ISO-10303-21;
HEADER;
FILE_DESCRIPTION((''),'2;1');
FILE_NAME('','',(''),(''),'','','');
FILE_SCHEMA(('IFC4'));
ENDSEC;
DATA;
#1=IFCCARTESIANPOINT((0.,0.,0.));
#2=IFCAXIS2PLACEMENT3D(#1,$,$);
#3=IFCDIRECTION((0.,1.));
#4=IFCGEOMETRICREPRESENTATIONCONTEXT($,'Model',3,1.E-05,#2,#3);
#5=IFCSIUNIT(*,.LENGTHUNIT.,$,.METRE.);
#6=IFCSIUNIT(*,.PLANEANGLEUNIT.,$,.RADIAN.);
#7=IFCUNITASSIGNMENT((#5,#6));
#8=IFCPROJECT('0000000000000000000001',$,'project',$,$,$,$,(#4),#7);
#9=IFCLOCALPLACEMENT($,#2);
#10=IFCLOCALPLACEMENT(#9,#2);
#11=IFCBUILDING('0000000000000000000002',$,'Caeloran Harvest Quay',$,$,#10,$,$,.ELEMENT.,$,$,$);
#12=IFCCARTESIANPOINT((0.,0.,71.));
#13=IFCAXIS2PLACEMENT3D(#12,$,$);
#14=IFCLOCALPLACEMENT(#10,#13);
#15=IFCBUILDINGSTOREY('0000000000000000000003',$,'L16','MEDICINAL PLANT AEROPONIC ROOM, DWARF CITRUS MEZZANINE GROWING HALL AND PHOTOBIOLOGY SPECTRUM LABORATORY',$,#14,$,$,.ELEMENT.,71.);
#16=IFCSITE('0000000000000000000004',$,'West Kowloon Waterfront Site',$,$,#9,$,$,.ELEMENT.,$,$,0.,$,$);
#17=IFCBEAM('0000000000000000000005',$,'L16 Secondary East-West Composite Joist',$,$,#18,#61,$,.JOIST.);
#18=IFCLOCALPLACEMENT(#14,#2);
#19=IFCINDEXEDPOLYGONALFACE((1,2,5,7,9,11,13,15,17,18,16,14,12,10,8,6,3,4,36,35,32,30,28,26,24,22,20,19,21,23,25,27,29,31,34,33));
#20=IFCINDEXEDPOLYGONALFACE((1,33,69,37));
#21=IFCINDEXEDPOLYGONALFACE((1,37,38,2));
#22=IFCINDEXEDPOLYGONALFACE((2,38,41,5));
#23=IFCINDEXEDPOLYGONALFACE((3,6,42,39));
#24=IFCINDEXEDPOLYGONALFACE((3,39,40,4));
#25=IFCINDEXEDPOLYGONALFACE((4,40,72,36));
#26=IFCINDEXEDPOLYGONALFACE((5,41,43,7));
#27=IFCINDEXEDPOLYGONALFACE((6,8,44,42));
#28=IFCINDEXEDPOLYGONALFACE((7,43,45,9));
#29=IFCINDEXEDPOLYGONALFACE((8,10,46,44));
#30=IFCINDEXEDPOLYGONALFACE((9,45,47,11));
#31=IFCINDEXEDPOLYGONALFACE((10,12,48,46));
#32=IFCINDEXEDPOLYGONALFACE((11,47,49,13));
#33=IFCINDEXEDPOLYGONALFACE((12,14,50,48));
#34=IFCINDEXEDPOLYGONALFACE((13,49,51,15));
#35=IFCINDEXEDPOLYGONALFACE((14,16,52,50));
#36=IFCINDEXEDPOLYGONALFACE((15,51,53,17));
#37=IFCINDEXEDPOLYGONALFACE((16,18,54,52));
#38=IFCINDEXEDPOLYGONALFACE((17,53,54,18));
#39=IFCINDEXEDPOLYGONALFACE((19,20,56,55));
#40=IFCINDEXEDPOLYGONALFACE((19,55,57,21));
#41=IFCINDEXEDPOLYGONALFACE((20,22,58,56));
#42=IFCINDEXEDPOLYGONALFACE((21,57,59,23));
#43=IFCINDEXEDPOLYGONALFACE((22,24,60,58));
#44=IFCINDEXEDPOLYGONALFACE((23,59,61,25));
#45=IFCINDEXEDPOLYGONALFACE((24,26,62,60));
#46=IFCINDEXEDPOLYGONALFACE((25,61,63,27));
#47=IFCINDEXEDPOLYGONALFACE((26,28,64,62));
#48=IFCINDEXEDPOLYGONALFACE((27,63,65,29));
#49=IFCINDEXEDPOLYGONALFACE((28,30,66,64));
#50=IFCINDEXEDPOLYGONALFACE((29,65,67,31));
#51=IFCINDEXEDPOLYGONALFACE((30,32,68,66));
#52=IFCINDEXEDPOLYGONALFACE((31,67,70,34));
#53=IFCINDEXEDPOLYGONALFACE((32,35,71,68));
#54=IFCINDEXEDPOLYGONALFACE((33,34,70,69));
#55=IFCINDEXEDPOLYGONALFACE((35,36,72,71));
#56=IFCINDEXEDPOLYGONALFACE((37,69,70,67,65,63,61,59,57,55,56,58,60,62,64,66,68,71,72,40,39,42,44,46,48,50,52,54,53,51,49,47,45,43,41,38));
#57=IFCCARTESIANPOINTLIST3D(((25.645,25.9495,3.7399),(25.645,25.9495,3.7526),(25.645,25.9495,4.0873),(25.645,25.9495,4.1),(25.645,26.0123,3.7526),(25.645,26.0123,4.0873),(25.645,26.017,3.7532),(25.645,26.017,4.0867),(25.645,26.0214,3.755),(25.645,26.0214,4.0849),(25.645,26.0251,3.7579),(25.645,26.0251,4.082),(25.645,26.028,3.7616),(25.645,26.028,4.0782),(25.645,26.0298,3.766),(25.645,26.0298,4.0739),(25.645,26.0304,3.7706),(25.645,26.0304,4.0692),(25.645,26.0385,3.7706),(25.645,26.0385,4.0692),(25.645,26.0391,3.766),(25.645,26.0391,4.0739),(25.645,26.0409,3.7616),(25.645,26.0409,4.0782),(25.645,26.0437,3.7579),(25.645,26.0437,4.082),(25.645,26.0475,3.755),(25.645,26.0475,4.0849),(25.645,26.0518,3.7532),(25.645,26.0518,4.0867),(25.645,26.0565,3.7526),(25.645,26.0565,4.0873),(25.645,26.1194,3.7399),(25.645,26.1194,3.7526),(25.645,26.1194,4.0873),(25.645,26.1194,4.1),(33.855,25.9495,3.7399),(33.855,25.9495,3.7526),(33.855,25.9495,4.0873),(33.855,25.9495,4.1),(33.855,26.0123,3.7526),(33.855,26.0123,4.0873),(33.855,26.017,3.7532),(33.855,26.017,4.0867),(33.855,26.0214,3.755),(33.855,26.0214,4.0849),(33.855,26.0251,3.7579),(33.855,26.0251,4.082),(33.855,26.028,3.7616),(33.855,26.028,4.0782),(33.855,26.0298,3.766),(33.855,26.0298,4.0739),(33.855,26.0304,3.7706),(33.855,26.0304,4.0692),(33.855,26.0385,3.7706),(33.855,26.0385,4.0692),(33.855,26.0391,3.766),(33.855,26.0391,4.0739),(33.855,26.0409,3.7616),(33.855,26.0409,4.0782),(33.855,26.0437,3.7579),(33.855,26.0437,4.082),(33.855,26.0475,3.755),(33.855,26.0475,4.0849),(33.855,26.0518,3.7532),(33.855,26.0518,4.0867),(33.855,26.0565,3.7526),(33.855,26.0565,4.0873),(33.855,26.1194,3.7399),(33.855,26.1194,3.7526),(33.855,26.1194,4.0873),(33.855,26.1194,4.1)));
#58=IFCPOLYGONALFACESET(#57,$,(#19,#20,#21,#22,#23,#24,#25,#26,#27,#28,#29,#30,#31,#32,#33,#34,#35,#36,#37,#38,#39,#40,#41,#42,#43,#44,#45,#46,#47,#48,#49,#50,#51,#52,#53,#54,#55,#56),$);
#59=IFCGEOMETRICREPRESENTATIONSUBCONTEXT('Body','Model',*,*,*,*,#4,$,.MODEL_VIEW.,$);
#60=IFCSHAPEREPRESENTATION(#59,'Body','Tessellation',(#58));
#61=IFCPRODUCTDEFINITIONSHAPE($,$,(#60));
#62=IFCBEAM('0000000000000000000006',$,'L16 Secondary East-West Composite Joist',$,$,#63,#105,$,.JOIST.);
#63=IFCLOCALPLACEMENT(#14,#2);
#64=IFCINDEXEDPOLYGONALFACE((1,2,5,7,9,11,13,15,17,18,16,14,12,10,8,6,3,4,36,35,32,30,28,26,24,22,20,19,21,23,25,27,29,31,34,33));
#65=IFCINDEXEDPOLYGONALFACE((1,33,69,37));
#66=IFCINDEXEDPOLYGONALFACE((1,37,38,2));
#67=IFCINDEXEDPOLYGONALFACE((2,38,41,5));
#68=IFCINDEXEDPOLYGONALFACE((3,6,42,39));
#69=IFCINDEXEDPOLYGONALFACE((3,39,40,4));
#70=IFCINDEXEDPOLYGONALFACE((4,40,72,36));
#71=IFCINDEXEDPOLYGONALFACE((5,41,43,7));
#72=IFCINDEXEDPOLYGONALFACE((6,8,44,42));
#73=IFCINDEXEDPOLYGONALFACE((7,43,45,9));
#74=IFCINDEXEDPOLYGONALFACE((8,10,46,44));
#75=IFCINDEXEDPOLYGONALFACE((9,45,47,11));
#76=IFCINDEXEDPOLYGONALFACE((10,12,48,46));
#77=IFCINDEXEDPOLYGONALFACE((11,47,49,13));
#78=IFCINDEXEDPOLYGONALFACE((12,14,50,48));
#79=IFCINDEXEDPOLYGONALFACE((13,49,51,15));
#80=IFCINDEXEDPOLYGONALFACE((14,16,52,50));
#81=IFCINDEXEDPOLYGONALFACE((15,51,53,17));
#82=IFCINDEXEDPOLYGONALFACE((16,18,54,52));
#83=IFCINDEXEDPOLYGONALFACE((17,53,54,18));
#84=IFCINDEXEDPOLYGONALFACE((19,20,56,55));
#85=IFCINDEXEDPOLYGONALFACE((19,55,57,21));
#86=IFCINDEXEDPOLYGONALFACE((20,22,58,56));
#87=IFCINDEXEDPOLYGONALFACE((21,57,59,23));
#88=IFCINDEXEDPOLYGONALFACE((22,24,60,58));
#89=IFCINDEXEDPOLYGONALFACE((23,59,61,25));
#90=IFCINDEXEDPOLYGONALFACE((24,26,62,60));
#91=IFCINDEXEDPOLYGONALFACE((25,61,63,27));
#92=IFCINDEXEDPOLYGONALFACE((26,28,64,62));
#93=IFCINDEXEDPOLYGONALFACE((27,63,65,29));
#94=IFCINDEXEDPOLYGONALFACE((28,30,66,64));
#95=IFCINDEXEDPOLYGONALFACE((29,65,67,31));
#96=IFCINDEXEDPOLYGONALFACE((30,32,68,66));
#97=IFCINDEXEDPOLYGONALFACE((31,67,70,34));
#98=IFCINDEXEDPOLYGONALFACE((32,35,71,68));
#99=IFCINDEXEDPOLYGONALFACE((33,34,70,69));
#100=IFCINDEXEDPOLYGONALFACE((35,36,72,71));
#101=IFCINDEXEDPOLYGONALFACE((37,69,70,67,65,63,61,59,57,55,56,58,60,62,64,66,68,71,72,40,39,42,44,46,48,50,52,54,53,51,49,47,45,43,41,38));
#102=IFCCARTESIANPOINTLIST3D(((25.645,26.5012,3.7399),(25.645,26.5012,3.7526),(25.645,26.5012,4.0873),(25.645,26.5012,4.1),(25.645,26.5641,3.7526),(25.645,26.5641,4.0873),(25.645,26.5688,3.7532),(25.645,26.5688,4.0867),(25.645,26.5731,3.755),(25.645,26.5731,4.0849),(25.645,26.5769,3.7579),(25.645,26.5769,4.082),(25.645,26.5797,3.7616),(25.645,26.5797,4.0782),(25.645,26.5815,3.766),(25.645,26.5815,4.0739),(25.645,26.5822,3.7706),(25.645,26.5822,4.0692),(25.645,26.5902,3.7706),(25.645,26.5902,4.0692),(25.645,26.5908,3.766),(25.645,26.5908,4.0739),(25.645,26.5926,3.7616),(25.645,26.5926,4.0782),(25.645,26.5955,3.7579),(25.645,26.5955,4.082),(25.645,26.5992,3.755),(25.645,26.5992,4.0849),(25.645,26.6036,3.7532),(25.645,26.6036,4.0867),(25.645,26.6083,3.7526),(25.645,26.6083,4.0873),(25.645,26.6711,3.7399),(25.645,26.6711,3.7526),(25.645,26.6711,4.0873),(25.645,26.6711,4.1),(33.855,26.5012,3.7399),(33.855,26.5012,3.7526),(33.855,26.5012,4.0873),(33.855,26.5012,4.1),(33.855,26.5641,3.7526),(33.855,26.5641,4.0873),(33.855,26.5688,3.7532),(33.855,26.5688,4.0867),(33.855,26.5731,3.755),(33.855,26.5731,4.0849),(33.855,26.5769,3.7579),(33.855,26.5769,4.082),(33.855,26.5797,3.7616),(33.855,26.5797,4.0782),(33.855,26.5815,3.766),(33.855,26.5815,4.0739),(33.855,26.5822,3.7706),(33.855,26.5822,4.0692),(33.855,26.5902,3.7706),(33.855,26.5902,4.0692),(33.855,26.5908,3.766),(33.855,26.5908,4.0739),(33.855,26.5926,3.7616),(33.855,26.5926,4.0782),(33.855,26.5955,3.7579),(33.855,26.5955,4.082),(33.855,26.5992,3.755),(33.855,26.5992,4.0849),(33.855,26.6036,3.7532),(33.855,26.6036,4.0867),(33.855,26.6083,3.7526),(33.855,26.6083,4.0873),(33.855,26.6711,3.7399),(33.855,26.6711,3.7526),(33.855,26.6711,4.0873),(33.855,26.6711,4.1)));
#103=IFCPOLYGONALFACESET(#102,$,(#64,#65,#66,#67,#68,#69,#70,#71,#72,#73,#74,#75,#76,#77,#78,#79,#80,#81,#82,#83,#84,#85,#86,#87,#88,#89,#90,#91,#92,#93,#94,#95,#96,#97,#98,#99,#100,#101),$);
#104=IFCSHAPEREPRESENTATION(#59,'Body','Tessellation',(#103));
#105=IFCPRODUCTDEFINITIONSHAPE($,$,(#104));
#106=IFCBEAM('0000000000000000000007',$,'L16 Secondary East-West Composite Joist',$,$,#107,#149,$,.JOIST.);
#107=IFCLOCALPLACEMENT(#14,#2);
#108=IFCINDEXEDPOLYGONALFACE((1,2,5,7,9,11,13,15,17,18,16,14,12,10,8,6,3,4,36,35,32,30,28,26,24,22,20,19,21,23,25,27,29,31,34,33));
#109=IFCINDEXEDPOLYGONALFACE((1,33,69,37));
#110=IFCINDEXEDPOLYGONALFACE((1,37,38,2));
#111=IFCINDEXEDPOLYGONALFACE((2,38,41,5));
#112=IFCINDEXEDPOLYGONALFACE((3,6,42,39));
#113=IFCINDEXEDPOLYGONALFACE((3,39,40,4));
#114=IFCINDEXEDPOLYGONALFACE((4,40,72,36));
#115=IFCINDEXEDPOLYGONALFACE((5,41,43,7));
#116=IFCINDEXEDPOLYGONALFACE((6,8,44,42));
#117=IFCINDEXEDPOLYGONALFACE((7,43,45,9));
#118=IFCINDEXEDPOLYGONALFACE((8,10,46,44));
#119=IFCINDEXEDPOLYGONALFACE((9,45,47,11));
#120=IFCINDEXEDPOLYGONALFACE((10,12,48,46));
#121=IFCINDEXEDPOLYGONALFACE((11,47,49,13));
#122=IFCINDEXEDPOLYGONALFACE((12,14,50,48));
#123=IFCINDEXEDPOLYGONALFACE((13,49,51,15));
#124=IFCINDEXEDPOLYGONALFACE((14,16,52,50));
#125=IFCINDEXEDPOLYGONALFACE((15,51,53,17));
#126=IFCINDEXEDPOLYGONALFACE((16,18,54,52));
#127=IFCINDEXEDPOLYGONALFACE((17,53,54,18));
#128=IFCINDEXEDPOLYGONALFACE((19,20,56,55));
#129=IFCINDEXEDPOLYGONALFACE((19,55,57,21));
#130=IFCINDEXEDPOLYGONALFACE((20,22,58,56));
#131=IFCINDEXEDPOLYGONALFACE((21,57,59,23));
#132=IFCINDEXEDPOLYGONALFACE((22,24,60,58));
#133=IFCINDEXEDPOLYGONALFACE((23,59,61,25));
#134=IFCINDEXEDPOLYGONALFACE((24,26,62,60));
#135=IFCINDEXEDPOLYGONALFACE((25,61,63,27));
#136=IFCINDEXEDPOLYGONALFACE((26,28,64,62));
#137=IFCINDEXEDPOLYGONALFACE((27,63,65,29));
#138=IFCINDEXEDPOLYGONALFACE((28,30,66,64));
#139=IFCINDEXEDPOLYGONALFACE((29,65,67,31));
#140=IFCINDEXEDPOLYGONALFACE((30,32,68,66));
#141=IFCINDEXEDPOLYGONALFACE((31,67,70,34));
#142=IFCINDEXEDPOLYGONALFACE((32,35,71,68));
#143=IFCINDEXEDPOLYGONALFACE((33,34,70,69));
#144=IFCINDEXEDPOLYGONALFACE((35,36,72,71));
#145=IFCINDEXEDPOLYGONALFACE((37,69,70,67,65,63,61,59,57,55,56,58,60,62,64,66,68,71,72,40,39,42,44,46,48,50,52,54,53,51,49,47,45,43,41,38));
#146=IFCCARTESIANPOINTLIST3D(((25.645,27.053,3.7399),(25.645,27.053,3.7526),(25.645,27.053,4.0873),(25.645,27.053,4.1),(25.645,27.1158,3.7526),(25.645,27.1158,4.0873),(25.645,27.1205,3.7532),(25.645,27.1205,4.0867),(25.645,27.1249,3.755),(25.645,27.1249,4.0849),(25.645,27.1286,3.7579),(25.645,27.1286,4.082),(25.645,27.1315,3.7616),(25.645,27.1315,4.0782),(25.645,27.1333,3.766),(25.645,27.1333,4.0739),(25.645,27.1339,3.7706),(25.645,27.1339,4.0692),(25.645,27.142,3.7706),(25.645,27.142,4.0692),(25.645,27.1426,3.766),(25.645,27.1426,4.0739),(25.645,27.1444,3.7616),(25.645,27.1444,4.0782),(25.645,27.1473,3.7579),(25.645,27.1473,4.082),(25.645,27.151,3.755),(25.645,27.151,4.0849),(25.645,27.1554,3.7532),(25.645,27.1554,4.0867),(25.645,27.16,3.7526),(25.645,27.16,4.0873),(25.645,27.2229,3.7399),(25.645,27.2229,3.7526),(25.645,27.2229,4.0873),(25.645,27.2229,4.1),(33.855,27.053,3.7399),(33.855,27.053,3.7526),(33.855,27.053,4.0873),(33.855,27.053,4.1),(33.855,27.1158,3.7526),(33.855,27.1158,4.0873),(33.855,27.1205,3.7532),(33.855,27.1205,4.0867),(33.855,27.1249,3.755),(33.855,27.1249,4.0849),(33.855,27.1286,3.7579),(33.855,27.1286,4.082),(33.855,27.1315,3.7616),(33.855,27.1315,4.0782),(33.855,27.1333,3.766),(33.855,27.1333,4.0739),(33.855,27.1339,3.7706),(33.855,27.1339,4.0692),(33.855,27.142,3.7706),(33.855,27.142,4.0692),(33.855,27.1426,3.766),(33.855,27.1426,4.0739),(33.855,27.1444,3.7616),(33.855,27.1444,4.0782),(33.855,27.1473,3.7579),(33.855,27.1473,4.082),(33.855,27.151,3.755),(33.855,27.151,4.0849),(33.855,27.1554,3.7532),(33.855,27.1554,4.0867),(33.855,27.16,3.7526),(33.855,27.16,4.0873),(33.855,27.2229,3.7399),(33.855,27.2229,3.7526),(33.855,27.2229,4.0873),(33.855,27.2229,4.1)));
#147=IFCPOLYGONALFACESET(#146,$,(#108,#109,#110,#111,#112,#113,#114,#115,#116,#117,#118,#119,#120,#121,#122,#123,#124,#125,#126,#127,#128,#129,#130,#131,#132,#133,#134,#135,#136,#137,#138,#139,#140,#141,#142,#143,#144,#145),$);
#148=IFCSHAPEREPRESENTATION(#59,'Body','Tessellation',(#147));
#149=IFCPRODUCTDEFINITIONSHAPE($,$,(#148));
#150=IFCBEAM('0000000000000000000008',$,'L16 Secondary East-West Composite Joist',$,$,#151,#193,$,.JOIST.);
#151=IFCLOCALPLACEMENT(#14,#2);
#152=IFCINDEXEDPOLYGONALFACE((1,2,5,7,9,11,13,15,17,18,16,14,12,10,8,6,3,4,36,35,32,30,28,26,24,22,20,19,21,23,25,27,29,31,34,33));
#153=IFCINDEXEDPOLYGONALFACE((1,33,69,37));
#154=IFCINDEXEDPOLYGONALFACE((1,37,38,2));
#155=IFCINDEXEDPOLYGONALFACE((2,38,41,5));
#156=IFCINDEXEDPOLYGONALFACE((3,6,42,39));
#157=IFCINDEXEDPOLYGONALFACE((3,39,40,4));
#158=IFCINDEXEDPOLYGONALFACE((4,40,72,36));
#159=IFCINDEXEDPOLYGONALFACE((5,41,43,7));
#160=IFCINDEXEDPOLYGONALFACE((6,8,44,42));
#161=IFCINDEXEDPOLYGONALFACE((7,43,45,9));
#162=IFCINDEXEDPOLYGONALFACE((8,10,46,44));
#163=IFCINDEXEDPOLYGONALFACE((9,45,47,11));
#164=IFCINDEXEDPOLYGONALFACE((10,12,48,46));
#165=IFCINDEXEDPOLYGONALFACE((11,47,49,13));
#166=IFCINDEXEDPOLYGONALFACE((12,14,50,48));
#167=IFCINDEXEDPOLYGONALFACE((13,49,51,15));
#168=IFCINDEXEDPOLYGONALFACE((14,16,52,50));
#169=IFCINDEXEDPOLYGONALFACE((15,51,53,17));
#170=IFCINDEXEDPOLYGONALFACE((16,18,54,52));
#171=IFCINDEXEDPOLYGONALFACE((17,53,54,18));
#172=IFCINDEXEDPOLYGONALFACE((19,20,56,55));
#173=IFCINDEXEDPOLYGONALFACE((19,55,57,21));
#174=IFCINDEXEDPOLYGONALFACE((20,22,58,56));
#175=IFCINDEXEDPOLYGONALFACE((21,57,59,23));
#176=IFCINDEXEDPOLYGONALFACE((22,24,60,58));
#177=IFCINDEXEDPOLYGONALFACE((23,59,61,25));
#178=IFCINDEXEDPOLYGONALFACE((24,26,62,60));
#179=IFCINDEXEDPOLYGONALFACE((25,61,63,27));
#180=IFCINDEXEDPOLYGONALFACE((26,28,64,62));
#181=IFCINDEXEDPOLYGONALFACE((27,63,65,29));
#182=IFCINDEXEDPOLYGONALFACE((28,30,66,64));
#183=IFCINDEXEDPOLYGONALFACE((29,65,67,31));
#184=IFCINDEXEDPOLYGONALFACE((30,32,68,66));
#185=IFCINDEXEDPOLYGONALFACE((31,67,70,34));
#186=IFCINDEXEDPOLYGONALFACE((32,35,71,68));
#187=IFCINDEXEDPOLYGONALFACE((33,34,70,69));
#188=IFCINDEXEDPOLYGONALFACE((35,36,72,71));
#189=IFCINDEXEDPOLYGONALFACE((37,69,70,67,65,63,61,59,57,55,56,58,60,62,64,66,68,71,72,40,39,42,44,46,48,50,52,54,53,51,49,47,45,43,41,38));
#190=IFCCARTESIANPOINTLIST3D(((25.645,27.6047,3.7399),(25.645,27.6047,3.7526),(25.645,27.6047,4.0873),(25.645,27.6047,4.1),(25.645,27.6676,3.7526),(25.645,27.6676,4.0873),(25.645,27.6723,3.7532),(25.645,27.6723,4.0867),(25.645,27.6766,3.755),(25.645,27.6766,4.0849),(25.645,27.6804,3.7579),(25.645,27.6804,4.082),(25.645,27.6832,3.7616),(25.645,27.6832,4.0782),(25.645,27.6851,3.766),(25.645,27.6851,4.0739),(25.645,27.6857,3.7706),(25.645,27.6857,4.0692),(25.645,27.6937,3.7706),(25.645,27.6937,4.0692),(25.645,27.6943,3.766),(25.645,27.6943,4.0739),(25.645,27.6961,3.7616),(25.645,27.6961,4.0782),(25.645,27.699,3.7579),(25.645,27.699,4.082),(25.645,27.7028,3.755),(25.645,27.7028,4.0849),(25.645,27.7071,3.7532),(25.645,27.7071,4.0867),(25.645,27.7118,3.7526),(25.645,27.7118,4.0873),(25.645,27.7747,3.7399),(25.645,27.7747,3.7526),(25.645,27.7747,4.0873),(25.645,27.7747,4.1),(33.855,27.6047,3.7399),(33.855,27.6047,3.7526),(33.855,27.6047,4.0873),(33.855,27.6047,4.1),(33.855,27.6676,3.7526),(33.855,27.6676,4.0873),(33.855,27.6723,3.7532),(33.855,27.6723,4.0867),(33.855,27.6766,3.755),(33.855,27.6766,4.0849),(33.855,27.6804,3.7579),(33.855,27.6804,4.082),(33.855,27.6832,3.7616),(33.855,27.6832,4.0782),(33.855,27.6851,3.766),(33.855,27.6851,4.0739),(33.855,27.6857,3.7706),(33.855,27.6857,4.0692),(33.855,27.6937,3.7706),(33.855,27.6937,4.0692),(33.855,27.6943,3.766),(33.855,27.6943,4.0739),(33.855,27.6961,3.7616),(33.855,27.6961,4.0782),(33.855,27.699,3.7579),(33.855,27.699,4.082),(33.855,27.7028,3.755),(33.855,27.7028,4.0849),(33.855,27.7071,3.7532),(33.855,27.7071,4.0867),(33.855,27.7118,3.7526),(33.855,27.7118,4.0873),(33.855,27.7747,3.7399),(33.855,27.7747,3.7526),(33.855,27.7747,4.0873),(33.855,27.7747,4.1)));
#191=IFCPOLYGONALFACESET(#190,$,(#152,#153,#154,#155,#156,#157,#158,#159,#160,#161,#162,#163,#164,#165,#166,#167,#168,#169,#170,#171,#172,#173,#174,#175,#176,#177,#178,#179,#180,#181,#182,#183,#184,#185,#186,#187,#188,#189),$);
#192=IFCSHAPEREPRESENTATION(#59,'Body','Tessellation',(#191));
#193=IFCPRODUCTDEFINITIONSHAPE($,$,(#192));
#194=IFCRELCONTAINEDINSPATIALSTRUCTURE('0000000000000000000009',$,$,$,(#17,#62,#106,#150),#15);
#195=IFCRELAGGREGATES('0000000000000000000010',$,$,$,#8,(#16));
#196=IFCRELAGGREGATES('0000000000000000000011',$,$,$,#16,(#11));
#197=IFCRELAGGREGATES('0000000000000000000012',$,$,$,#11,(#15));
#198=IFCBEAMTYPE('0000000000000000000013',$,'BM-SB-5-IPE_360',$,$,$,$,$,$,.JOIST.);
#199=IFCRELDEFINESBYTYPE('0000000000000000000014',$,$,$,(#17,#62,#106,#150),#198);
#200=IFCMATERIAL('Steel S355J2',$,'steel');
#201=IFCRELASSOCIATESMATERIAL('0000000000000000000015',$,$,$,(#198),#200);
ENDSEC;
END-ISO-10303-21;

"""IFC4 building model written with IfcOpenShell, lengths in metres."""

from ifc_helpers import new_model, si_unit, direction, frame, origin, origin_2d, place, context, subcontext, project, spatial, i_section, extrude, material, material_profile, profile_set, type_object, element, save


model = new_model("IFC4")

# Units and contexts
model_context = context("Model", 3, precision=1e-05, world=origin(), true_north=direction((0.0, 1.0)))
body_context = subcontext(model_context, "Body", "Model", "MODEL_VIEW")
ifc_project = project(units=[si_unit("LENGTHUNIT", "METRE"), si_unit("PLANEANGLEUNIT", "RADIAN")], contexts=[model_context])

# Site, building, storey
site_placement = place(None, origin())
site = spatial("IfcSite", under=ifc_project, at=site_placement, Name="West Kowloon Waterfront Site", CompositionType="ELEMENT", RefElevation=0.0)
building_placement = place(site_placement, origin())
building = spatial("IfcBuilding", under=site, at=building_placement, Name="Caeloran Harvest Quay", CompositionType="ELEMENT")
storey_placement = place(building_placement, frame((0.0, 0.0, 71.0)))
storey = spatial("IfcBuildingStorey", under=building, at=storey_placement, Name="L16", Description="MEDICINAL PLANT AEROPONIC ROOM, DWARF CITRUS MEZZANINE GROWING HALL AND PHOTOBIOLOGY SPECTRUM LABORATORY", CompositionType="ELEMENT", Elevation=71.0)

# Beams
ifc_material_1 = material(Name="Steel S355J2", Category="steel")
ifc_material_profile_1 = material_profile(ifc_material_1, i_section(OverallWidth=0.1699, OverallDepth=0.3601, WebThickness=0.0081, FlangeThickness=0.0127, FilletRadius=0.0181, at=origin_2d()), Name="IPE 360")
ifc_profile_set_1 = profile_set([ifc_material_profile_1], Name="Steel S355J2")
beam_type_1 = type_object("IfcBeamType", Name="BM-SB-5-IPE_360", PredefinedType="JOIST", material=ifc_profile_set_1)
for number, where, z_axis, x_axis, name in (
    (1, (25.645, 26.0344, 3.9199), (1.0, 0.0, 0.0), (0.0, 1.0, 0.0), "L16 Secondary East-West Composite Joist"),
    (2, (25.645, 26.5862, 3.9199), (1.0, 0.0, 0.0), (0.0, 1.0, 0.0), "L16 Secondary East-West Composite Joist"),
    (3, (25.645, 27.1379, 3.9199), (1.0, 0.0, 0.0), (0.0, 1.0, 0.0), "L16 Secondary East-West Composite Joist"),
    (4, (25.645, 27.6897, 3.9199), (1.0, 0.0, 0.0), (0.0, 1.0, 0.0), "L16 Secondary East-West Composite Joist"),
):
    element("IfcBeam", number, at=place(storey_placement, frame(where, z_axis=z_axis, x_axis=x_axis)), inside=storey, type_object=beam_type_1, Name=name, PredefinedType="JOIST", context=body_context, shape_type="SweptSolid", body=[
        extrude(i_section(OverallWidth=0.1699, OverallDepth=0.3601, WebThickness=0.0081, FlangeThickness=0.0127, FilletRadius=0.0181, at=origin_2d()), origin(), (0.0, 0.0, 1.0), 8.21),
    ])

save(model, "model.ifc")
